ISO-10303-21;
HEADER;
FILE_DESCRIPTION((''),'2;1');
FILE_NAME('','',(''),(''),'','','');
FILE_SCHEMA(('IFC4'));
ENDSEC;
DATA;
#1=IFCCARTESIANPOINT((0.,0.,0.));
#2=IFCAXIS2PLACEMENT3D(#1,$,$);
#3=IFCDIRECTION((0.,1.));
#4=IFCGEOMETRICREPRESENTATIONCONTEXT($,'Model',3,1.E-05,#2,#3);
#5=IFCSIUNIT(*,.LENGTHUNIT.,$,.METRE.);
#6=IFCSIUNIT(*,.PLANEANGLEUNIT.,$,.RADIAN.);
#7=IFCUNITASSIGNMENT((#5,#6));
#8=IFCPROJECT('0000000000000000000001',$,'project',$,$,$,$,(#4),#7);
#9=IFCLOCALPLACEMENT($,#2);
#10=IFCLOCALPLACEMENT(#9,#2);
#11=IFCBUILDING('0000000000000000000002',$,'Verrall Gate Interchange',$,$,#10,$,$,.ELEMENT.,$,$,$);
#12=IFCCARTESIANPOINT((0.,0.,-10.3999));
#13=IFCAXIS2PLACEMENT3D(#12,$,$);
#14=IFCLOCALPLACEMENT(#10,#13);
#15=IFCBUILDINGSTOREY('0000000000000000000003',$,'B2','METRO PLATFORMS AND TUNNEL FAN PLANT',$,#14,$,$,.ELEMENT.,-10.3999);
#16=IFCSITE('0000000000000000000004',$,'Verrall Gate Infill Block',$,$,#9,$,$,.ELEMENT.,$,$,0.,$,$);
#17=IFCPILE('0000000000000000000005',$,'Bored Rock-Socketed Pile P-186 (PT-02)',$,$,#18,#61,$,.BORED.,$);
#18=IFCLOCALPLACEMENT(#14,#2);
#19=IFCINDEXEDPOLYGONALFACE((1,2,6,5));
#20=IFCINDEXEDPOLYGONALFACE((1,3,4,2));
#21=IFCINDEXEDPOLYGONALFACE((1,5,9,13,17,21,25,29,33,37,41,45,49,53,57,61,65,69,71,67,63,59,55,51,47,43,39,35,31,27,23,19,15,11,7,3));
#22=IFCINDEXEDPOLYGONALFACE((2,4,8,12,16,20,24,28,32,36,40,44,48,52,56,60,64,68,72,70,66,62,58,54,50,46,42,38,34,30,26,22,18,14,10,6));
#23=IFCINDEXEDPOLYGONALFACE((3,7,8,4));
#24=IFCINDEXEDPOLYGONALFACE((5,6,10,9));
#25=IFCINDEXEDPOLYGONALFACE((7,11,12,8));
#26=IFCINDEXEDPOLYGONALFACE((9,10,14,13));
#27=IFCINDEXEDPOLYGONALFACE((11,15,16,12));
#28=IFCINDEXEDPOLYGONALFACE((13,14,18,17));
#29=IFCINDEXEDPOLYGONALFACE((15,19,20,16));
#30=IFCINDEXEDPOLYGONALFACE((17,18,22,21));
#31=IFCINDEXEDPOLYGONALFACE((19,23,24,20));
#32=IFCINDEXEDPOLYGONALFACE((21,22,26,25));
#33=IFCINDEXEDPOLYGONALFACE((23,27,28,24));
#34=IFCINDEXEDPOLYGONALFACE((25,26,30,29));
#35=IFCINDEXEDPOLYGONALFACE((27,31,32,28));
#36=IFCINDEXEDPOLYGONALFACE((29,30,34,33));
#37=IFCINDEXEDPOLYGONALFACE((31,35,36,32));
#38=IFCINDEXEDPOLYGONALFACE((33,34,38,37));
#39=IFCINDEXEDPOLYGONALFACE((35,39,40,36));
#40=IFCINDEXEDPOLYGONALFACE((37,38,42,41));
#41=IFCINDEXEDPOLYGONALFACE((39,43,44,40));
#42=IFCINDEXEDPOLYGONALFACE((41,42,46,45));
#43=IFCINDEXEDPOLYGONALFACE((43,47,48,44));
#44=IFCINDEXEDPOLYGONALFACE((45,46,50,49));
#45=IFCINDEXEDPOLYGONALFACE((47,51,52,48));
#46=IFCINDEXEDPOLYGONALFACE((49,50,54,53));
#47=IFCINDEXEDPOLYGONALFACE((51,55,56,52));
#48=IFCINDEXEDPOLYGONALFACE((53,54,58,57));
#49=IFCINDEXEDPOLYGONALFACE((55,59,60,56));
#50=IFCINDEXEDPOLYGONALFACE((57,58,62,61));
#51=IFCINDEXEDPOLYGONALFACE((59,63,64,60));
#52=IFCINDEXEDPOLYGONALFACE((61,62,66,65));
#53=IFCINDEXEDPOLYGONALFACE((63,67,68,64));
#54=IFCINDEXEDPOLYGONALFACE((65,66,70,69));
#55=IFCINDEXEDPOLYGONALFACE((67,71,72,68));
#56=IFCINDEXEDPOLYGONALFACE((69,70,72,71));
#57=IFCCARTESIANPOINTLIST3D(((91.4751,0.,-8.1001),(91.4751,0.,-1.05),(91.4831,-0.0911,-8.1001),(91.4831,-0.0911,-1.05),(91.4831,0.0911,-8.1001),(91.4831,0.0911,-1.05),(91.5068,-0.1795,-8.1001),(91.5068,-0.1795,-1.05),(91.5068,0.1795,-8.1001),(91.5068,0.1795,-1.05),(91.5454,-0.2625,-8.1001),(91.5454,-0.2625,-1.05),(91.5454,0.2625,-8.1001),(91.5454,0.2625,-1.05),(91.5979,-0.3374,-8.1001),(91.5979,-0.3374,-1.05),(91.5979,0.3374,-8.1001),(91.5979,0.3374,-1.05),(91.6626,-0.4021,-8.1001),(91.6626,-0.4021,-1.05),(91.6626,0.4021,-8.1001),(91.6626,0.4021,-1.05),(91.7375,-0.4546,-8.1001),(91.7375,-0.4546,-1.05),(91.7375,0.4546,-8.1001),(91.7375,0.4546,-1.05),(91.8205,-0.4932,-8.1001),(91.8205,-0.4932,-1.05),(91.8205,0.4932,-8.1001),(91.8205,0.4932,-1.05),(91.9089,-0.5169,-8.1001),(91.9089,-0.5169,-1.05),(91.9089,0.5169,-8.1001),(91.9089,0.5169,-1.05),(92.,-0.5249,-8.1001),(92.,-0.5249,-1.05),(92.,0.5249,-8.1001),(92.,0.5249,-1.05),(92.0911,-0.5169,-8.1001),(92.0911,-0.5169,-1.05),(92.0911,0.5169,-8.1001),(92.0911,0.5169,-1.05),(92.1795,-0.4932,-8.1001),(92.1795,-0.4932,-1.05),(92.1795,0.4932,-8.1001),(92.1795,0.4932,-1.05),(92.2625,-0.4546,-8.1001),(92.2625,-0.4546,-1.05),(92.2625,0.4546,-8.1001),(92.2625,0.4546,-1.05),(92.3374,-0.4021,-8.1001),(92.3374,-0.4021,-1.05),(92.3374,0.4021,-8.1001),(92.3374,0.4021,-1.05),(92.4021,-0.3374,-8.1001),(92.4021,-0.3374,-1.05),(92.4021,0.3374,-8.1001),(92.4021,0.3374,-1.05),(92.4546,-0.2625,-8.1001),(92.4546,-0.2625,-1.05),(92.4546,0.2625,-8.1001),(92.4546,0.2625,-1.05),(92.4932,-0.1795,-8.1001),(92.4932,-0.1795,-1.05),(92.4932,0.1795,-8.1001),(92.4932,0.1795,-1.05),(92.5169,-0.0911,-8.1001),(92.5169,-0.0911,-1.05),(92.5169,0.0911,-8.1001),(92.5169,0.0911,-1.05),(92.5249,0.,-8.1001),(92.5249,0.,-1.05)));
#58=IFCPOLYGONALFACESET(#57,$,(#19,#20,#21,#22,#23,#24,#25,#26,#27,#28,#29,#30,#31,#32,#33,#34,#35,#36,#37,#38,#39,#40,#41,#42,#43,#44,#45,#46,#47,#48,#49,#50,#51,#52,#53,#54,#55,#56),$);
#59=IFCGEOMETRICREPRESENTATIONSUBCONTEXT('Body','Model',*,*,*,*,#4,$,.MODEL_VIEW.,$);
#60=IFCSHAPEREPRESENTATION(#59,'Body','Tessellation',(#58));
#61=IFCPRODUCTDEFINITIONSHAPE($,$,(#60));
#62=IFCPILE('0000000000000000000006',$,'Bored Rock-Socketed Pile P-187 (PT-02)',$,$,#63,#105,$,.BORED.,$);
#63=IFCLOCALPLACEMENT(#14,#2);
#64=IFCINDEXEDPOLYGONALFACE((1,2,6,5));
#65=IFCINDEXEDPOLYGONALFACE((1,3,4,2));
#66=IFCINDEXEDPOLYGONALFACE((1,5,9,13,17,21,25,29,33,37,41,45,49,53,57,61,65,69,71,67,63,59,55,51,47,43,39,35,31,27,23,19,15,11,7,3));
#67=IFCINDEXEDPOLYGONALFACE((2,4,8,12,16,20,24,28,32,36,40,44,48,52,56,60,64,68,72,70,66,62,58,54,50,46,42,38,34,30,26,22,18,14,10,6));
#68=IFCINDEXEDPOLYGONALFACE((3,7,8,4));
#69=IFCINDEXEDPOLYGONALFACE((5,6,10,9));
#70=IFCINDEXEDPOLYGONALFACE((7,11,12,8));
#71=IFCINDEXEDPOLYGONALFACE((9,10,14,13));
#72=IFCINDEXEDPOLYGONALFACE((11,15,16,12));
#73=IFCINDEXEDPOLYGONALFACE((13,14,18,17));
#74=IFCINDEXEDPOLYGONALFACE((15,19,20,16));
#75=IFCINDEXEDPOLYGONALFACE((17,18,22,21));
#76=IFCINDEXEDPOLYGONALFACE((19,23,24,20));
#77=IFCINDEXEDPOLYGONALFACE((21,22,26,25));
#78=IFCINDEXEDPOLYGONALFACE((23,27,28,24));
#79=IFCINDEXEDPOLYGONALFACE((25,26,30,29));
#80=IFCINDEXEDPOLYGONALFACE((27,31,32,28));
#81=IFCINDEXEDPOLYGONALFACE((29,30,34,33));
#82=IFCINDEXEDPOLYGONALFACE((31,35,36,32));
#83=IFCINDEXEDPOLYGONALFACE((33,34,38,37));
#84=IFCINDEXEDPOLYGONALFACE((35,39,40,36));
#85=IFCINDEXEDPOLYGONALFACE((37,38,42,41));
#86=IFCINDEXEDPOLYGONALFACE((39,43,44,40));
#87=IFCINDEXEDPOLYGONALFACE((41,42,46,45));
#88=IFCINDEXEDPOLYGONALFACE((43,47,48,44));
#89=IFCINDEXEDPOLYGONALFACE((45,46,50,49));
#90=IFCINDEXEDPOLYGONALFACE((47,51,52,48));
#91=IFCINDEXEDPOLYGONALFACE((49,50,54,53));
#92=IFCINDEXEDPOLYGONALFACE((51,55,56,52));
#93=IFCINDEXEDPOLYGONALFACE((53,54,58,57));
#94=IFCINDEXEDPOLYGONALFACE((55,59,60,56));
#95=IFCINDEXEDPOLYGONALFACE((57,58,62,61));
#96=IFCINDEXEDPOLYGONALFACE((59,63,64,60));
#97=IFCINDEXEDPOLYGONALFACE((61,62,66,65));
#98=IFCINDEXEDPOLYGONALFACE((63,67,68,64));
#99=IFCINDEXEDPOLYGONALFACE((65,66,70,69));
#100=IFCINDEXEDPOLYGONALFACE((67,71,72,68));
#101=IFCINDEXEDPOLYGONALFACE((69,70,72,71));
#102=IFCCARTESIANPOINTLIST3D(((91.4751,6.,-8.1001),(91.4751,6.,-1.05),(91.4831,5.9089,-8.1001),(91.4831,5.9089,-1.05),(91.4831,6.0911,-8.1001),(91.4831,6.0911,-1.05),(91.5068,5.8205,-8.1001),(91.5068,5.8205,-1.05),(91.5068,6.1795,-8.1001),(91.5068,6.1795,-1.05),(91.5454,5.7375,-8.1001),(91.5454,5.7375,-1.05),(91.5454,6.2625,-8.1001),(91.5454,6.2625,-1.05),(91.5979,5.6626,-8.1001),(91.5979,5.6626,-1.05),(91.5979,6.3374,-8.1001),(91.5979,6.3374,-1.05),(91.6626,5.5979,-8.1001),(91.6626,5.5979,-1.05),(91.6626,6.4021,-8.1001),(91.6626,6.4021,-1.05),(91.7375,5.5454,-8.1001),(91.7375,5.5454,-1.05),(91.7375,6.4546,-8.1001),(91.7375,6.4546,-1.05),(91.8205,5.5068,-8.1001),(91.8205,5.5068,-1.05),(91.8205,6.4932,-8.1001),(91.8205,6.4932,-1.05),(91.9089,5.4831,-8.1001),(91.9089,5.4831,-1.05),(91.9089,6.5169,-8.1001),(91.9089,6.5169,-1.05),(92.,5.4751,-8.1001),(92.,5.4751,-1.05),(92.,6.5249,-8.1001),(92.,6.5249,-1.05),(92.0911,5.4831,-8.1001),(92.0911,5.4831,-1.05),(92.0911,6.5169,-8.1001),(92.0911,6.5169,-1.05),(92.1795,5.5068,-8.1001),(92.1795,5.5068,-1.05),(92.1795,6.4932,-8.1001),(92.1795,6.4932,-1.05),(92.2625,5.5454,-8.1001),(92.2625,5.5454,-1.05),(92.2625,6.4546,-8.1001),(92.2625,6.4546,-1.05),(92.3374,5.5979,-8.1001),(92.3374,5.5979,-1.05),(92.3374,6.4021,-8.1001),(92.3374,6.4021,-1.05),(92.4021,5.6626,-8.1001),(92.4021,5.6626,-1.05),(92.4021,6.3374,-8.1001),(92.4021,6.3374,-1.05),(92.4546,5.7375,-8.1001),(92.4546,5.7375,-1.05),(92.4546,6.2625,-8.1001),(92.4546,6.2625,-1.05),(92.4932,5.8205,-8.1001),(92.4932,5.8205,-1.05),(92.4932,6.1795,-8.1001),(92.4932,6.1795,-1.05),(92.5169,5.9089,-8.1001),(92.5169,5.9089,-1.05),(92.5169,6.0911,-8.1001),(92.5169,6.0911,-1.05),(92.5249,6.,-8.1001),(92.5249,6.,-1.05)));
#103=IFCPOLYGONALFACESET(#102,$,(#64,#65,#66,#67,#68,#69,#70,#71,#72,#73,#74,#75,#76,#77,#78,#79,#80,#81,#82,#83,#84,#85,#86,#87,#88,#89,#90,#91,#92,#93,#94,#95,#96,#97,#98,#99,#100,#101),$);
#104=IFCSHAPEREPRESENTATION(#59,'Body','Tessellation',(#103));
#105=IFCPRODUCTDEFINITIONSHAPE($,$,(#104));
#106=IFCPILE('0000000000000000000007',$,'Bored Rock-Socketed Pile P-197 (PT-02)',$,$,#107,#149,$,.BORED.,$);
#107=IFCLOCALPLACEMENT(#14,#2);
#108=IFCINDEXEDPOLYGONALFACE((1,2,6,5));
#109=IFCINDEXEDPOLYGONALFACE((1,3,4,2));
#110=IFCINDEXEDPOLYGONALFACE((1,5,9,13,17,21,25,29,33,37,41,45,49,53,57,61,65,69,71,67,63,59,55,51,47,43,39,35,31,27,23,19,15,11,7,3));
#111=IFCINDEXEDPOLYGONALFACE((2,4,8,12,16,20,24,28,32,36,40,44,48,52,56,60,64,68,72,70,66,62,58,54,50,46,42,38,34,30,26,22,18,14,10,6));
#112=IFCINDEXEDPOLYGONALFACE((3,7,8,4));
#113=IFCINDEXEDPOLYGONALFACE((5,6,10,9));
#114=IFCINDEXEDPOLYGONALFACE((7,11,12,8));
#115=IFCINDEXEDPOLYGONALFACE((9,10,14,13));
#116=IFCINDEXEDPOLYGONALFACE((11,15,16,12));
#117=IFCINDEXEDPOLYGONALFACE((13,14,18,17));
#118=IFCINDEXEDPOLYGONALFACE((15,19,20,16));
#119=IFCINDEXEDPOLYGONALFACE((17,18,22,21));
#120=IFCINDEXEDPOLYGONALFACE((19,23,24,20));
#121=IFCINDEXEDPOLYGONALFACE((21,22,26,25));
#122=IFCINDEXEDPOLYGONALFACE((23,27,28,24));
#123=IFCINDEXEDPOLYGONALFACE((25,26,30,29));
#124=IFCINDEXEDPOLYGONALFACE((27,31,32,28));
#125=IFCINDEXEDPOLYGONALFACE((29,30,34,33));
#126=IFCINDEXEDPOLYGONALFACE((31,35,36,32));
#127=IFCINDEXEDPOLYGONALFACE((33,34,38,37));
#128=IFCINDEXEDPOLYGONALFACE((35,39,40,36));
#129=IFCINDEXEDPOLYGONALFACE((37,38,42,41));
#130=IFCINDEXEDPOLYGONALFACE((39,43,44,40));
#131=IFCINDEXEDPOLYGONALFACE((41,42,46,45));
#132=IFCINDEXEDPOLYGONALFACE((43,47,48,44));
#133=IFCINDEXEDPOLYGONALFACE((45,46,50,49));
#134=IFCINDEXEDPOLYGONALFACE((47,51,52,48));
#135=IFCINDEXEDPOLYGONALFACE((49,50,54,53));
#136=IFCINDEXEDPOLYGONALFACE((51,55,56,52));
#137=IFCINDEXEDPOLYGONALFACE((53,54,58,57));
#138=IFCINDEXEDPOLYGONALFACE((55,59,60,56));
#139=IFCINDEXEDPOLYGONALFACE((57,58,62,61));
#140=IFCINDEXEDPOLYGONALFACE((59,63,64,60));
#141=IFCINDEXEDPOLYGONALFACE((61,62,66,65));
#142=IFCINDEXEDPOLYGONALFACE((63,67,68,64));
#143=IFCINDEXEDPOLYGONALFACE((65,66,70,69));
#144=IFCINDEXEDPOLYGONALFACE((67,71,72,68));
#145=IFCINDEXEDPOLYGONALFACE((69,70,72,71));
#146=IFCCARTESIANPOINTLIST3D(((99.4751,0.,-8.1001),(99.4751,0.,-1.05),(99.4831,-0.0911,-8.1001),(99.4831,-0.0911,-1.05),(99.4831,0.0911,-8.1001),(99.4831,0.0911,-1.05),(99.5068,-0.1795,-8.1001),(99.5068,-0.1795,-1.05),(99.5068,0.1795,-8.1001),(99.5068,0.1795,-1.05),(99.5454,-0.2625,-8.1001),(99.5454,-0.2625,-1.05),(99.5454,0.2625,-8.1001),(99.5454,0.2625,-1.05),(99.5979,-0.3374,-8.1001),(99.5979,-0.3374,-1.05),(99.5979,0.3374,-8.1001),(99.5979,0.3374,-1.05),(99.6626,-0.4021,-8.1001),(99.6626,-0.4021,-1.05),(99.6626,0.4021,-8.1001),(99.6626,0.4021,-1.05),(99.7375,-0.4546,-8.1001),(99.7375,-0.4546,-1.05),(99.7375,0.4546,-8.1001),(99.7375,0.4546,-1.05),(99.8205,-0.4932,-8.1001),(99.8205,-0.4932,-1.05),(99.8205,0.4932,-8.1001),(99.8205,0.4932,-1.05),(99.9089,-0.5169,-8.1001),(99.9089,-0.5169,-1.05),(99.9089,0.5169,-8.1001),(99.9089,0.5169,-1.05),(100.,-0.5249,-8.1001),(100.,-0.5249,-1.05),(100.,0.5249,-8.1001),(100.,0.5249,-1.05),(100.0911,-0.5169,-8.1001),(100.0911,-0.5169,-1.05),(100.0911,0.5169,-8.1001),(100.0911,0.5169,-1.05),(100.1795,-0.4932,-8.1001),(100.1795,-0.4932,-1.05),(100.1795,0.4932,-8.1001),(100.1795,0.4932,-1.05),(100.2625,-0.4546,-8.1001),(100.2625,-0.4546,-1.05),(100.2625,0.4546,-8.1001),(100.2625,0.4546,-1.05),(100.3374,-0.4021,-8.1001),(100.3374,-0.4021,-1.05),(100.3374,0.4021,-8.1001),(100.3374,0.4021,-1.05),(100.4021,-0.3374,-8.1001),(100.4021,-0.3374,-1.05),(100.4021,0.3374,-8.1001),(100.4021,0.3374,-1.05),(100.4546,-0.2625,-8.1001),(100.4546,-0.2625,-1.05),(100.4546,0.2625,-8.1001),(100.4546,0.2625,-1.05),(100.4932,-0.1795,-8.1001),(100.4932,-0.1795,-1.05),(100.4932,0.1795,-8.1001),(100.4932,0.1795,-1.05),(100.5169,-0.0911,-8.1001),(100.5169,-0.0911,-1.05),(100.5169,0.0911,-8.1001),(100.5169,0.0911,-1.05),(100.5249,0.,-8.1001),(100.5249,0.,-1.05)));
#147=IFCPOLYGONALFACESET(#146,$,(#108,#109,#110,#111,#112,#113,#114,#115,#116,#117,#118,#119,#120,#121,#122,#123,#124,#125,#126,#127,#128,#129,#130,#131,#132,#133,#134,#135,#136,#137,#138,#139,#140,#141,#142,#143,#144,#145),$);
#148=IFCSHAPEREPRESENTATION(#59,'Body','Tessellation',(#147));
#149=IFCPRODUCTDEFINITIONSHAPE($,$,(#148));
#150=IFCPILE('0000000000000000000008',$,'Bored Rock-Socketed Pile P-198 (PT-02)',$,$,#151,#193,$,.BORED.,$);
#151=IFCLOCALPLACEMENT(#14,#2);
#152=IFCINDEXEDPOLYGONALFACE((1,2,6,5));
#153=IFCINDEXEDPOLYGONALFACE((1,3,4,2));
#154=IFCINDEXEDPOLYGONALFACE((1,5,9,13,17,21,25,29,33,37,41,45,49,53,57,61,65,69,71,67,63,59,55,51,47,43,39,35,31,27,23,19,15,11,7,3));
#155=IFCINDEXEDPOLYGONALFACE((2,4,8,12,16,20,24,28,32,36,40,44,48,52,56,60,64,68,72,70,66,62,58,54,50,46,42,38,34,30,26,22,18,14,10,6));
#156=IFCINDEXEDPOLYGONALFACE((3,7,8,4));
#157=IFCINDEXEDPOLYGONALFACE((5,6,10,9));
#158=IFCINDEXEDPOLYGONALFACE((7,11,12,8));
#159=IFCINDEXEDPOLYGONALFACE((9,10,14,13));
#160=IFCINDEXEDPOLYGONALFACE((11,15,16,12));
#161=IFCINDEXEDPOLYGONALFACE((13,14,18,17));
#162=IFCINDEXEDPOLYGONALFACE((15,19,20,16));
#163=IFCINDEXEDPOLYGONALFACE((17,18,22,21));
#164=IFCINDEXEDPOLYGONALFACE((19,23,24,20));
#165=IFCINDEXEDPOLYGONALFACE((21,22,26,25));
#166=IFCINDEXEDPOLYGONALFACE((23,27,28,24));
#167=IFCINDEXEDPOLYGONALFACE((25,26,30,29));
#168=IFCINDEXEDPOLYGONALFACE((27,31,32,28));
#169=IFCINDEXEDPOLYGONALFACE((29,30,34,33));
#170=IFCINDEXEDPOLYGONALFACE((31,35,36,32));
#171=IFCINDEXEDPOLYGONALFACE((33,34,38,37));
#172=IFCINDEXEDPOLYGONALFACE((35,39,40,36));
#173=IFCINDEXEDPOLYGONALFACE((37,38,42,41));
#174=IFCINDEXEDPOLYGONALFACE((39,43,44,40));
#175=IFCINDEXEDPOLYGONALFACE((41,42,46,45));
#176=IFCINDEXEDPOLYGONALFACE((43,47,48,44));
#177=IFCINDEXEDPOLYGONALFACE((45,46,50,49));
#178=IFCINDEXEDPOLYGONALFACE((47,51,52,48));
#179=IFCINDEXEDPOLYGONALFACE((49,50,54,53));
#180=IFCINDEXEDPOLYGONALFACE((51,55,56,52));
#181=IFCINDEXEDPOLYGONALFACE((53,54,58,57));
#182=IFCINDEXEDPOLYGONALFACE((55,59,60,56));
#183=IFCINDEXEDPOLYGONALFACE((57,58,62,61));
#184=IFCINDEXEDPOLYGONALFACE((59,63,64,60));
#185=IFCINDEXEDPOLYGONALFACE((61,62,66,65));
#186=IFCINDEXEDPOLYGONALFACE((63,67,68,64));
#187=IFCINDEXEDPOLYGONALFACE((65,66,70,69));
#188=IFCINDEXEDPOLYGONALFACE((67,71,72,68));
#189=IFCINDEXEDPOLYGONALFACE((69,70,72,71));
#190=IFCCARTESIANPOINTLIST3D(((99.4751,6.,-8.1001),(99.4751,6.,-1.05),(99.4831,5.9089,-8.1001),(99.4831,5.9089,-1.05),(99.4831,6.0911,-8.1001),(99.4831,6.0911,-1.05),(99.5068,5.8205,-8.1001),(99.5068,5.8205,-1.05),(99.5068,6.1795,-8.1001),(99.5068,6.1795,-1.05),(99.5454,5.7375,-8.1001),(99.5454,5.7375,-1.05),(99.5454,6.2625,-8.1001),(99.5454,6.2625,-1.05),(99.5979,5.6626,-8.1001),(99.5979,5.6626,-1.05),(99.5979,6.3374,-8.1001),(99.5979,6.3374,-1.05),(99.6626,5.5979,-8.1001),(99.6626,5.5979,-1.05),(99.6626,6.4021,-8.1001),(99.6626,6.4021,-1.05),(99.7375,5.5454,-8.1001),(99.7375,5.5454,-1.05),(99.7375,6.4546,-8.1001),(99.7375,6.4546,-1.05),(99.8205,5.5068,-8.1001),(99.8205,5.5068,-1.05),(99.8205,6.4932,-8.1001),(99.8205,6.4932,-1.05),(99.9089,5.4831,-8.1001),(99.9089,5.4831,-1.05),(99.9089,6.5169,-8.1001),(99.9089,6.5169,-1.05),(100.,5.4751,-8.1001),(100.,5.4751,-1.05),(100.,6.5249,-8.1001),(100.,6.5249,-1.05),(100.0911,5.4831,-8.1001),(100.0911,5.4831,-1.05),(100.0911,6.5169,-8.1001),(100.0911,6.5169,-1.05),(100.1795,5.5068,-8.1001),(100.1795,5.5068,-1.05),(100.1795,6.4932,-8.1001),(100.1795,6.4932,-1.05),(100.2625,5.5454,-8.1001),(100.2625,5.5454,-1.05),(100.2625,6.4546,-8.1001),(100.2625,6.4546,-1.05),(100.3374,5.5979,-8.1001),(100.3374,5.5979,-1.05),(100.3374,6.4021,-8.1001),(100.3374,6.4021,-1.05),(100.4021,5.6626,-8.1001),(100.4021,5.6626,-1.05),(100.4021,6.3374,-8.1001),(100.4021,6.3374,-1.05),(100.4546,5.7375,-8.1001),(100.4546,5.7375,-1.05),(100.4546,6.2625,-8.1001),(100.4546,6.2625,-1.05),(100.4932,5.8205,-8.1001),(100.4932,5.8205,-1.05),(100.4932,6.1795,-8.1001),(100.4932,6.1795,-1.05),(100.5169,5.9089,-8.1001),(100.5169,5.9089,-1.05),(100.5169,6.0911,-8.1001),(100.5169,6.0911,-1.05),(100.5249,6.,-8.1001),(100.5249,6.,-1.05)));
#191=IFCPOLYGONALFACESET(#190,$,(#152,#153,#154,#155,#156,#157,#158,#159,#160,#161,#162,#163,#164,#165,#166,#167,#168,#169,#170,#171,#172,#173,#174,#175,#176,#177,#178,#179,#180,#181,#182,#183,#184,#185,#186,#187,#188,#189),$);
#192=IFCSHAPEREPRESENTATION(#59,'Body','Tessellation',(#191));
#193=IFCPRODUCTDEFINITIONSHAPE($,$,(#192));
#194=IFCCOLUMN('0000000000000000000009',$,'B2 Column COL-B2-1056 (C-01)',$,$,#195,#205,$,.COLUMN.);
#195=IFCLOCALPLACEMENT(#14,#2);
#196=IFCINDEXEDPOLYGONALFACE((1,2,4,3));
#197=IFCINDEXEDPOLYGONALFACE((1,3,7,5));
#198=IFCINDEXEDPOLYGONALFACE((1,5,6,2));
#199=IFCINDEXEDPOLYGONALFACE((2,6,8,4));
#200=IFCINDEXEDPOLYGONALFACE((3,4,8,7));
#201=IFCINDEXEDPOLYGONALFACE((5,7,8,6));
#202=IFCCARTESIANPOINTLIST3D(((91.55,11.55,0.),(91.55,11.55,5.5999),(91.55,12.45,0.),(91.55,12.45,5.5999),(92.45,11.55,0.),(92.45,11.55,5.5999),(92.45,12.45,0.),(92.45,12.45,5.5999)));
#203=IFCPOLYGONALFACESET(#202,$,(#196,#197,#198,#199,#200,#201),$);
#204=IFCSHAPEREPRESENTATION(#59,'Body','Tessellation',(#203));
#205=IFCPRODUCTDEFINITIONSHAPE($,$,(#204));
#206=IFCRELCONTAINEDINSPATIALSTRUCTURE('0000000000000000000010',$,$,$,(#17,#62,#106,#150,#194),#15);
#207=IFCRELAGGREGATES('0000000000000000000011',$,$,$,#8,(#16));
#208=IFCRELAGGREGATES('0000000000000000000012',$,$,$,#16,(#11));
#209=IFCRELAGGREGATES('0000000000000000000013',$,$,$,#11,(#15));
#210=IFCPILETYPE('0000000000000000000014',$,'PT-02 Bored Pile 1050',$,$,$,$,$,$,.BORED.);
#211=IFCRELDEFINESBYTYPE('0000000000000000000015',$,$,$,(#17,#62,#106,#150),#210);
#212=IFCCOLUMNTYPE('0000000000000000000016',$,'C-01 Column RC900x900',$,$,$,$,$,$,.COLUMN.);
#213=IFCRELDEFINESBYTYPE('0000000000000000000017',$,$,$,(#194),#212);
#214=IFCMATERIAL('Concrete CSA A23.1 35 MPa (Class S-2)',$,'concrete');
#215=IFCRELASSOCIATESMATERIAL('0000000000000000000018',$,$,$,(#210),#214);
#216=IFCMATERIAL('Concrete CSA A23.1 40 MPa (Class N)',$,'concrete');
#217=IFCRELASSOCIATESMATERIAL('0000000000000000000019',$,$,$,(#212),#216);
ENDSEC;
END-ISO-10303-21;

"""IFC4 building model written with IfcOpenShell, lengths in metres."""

from ifc_helpers import new_model, si_unit, direction, frame, origin, origin_2d, place, context, subcontext, project, spatial, rectangle, circle, extrude, material, material_profile, profile_set, type_object, element, save


model = new_model("IFC4")

# Units and contexts
model_context = context("Model", 3, precision=1e-05, world=origin(), true_north=direction((0.0, 1.0)))
body_context = subcontext(model_context, "Body", "Model", "MODEL_VIEW")
ifc_project = project(units=[si_unit("LENGTHUNIT", "METRE"), si_unit("PLANEANGLEUNIT", "RADIAN")], contexts=[model_context])

# Site, building, storey
site_placement = place(None, origin())
site = spatial("IfcSite", under=ifc_project, at=site_placement, Name="Verrall Gate Infill Block", CompositionType="ELEMENT", RefElevation=0.0)
building_placement = place(site_placement, origin())
building = spatial("IfcBuilding", under=site, at=building_placement, Name="Verrall Gate Interchange", CompositionType="ELEMENT")
storey_placement = place(building_placement, frame((0.0, 0.0, -10.3999)))
storey = spatial("IfcBuildingStorey", under=building, at=storey_placement, Name="B2", Description="METRO PLATFORMS AND TUNNEL FAN PLANT", CompositionType="ELEMENT", Elevation=-10.3999)

# Piles
ifc_material_1 = material(Name="Concrete CSA A23.1 35 MPa (Class S-2)", Category="concrete")
ifc_material_profile_1 = material_profile(ifc_material_1, circle(Radius=0.5249, at=origin_2d()), Name="PILE1050D")
ifc_profile_set_1 = profile_set([ifc_material_profile_1], Name="Concrete CSA A23.1 35 MPa (Class S-2)")
pile_type_1 = type_object("IfcPileType", Name="PT-02 Bored Pile 1050", PredefinedType="BORED", material=ifc_profile_set_1)
for number, where, z_axis, x_axis, name in (
    (1, (92.0, 0.0, -1.05), (0.0, 0.0, -1.0), (1.0, 0.0, 0.0), "Bored Rock-Socketed Pile P-186 (PT-02)"),
    (2, (92.0, 6.0, -1.05), (0.0, 0.0, -1.0), (1.0, 0.0, 0.0), "Bored Rock-Socketed Pile P-187 (PT-02)"),
    (3, (100.0, 0.0, -1.05), (0.0, 0.0, -1.0), (1.0, 0.0, 0.0), "Bored Rock-Socketed Pile P-197 (PT-02)"),
    (4, (100.0, 6.0, -1.05), (0.0, 0.0, -1.0), (1.0, 0.0, 0.0), "Bored Rock-Socketed Pile P-198 (PT-02)"),
):
    element("IfcPile", number, at=place(storey_placement, frame(where, z_axis=z_axis, x_axis=x_axis)), inside=storey, type_object=pile_type_1, Name=name, PredefinedType="BORED", context=body_context, shape_type="SweptSolid", body=[
        extrude(circle(Radius=0.5249, at=origin_2d()), origin(), (0.0, 0.0, 1.0), 7.05),
    ])

# Column
ifc_material_2 = material(Name="Concrete CSA A23.1 40 MPa (Class N)", Category="concrete")
ifc_material_profile_2 = material_profile(ifc_material_2, rectangle(XDim=0.8999, YDim=0.8999, at=origin_2d()), Name="RC900x900")
ifc_profile_set_2 = profile_set([ifc_material_profile_2], Name="Concrete CSA A23.1 40 MPa (Class N)")
column_type_1 = type_object("IfcColumnType", Name="C-01 Column RC900x900", PredefinedType="COLUMN", material=ifc_profile_set_2)
for number, where, z_axis, x_axis, name in (
    (5, (92.0, 12.0, 0.0), (0.0, 0.0, 1.0), (1.0, 0.0, 0.0), "B2 Column COL-B2-1056 (C-01)"),
):
    element("IfcColumn", number, at=place(storey_placement, frame(where, z_axis=z_axis, x_axis=x_axis)), inside=storey, type_object=column_type_1, Name=name, PredefinedType="COLUMN", context=body_context, shape_type="SweptSolid", body=[
        extrude(rectangle(XDim=0.8999, YDim=0.8999, at=origin_2d()), origin(), (0.0, 0.0, 1.0), 5.5999),
    ])

save(model, "model.ifc")
